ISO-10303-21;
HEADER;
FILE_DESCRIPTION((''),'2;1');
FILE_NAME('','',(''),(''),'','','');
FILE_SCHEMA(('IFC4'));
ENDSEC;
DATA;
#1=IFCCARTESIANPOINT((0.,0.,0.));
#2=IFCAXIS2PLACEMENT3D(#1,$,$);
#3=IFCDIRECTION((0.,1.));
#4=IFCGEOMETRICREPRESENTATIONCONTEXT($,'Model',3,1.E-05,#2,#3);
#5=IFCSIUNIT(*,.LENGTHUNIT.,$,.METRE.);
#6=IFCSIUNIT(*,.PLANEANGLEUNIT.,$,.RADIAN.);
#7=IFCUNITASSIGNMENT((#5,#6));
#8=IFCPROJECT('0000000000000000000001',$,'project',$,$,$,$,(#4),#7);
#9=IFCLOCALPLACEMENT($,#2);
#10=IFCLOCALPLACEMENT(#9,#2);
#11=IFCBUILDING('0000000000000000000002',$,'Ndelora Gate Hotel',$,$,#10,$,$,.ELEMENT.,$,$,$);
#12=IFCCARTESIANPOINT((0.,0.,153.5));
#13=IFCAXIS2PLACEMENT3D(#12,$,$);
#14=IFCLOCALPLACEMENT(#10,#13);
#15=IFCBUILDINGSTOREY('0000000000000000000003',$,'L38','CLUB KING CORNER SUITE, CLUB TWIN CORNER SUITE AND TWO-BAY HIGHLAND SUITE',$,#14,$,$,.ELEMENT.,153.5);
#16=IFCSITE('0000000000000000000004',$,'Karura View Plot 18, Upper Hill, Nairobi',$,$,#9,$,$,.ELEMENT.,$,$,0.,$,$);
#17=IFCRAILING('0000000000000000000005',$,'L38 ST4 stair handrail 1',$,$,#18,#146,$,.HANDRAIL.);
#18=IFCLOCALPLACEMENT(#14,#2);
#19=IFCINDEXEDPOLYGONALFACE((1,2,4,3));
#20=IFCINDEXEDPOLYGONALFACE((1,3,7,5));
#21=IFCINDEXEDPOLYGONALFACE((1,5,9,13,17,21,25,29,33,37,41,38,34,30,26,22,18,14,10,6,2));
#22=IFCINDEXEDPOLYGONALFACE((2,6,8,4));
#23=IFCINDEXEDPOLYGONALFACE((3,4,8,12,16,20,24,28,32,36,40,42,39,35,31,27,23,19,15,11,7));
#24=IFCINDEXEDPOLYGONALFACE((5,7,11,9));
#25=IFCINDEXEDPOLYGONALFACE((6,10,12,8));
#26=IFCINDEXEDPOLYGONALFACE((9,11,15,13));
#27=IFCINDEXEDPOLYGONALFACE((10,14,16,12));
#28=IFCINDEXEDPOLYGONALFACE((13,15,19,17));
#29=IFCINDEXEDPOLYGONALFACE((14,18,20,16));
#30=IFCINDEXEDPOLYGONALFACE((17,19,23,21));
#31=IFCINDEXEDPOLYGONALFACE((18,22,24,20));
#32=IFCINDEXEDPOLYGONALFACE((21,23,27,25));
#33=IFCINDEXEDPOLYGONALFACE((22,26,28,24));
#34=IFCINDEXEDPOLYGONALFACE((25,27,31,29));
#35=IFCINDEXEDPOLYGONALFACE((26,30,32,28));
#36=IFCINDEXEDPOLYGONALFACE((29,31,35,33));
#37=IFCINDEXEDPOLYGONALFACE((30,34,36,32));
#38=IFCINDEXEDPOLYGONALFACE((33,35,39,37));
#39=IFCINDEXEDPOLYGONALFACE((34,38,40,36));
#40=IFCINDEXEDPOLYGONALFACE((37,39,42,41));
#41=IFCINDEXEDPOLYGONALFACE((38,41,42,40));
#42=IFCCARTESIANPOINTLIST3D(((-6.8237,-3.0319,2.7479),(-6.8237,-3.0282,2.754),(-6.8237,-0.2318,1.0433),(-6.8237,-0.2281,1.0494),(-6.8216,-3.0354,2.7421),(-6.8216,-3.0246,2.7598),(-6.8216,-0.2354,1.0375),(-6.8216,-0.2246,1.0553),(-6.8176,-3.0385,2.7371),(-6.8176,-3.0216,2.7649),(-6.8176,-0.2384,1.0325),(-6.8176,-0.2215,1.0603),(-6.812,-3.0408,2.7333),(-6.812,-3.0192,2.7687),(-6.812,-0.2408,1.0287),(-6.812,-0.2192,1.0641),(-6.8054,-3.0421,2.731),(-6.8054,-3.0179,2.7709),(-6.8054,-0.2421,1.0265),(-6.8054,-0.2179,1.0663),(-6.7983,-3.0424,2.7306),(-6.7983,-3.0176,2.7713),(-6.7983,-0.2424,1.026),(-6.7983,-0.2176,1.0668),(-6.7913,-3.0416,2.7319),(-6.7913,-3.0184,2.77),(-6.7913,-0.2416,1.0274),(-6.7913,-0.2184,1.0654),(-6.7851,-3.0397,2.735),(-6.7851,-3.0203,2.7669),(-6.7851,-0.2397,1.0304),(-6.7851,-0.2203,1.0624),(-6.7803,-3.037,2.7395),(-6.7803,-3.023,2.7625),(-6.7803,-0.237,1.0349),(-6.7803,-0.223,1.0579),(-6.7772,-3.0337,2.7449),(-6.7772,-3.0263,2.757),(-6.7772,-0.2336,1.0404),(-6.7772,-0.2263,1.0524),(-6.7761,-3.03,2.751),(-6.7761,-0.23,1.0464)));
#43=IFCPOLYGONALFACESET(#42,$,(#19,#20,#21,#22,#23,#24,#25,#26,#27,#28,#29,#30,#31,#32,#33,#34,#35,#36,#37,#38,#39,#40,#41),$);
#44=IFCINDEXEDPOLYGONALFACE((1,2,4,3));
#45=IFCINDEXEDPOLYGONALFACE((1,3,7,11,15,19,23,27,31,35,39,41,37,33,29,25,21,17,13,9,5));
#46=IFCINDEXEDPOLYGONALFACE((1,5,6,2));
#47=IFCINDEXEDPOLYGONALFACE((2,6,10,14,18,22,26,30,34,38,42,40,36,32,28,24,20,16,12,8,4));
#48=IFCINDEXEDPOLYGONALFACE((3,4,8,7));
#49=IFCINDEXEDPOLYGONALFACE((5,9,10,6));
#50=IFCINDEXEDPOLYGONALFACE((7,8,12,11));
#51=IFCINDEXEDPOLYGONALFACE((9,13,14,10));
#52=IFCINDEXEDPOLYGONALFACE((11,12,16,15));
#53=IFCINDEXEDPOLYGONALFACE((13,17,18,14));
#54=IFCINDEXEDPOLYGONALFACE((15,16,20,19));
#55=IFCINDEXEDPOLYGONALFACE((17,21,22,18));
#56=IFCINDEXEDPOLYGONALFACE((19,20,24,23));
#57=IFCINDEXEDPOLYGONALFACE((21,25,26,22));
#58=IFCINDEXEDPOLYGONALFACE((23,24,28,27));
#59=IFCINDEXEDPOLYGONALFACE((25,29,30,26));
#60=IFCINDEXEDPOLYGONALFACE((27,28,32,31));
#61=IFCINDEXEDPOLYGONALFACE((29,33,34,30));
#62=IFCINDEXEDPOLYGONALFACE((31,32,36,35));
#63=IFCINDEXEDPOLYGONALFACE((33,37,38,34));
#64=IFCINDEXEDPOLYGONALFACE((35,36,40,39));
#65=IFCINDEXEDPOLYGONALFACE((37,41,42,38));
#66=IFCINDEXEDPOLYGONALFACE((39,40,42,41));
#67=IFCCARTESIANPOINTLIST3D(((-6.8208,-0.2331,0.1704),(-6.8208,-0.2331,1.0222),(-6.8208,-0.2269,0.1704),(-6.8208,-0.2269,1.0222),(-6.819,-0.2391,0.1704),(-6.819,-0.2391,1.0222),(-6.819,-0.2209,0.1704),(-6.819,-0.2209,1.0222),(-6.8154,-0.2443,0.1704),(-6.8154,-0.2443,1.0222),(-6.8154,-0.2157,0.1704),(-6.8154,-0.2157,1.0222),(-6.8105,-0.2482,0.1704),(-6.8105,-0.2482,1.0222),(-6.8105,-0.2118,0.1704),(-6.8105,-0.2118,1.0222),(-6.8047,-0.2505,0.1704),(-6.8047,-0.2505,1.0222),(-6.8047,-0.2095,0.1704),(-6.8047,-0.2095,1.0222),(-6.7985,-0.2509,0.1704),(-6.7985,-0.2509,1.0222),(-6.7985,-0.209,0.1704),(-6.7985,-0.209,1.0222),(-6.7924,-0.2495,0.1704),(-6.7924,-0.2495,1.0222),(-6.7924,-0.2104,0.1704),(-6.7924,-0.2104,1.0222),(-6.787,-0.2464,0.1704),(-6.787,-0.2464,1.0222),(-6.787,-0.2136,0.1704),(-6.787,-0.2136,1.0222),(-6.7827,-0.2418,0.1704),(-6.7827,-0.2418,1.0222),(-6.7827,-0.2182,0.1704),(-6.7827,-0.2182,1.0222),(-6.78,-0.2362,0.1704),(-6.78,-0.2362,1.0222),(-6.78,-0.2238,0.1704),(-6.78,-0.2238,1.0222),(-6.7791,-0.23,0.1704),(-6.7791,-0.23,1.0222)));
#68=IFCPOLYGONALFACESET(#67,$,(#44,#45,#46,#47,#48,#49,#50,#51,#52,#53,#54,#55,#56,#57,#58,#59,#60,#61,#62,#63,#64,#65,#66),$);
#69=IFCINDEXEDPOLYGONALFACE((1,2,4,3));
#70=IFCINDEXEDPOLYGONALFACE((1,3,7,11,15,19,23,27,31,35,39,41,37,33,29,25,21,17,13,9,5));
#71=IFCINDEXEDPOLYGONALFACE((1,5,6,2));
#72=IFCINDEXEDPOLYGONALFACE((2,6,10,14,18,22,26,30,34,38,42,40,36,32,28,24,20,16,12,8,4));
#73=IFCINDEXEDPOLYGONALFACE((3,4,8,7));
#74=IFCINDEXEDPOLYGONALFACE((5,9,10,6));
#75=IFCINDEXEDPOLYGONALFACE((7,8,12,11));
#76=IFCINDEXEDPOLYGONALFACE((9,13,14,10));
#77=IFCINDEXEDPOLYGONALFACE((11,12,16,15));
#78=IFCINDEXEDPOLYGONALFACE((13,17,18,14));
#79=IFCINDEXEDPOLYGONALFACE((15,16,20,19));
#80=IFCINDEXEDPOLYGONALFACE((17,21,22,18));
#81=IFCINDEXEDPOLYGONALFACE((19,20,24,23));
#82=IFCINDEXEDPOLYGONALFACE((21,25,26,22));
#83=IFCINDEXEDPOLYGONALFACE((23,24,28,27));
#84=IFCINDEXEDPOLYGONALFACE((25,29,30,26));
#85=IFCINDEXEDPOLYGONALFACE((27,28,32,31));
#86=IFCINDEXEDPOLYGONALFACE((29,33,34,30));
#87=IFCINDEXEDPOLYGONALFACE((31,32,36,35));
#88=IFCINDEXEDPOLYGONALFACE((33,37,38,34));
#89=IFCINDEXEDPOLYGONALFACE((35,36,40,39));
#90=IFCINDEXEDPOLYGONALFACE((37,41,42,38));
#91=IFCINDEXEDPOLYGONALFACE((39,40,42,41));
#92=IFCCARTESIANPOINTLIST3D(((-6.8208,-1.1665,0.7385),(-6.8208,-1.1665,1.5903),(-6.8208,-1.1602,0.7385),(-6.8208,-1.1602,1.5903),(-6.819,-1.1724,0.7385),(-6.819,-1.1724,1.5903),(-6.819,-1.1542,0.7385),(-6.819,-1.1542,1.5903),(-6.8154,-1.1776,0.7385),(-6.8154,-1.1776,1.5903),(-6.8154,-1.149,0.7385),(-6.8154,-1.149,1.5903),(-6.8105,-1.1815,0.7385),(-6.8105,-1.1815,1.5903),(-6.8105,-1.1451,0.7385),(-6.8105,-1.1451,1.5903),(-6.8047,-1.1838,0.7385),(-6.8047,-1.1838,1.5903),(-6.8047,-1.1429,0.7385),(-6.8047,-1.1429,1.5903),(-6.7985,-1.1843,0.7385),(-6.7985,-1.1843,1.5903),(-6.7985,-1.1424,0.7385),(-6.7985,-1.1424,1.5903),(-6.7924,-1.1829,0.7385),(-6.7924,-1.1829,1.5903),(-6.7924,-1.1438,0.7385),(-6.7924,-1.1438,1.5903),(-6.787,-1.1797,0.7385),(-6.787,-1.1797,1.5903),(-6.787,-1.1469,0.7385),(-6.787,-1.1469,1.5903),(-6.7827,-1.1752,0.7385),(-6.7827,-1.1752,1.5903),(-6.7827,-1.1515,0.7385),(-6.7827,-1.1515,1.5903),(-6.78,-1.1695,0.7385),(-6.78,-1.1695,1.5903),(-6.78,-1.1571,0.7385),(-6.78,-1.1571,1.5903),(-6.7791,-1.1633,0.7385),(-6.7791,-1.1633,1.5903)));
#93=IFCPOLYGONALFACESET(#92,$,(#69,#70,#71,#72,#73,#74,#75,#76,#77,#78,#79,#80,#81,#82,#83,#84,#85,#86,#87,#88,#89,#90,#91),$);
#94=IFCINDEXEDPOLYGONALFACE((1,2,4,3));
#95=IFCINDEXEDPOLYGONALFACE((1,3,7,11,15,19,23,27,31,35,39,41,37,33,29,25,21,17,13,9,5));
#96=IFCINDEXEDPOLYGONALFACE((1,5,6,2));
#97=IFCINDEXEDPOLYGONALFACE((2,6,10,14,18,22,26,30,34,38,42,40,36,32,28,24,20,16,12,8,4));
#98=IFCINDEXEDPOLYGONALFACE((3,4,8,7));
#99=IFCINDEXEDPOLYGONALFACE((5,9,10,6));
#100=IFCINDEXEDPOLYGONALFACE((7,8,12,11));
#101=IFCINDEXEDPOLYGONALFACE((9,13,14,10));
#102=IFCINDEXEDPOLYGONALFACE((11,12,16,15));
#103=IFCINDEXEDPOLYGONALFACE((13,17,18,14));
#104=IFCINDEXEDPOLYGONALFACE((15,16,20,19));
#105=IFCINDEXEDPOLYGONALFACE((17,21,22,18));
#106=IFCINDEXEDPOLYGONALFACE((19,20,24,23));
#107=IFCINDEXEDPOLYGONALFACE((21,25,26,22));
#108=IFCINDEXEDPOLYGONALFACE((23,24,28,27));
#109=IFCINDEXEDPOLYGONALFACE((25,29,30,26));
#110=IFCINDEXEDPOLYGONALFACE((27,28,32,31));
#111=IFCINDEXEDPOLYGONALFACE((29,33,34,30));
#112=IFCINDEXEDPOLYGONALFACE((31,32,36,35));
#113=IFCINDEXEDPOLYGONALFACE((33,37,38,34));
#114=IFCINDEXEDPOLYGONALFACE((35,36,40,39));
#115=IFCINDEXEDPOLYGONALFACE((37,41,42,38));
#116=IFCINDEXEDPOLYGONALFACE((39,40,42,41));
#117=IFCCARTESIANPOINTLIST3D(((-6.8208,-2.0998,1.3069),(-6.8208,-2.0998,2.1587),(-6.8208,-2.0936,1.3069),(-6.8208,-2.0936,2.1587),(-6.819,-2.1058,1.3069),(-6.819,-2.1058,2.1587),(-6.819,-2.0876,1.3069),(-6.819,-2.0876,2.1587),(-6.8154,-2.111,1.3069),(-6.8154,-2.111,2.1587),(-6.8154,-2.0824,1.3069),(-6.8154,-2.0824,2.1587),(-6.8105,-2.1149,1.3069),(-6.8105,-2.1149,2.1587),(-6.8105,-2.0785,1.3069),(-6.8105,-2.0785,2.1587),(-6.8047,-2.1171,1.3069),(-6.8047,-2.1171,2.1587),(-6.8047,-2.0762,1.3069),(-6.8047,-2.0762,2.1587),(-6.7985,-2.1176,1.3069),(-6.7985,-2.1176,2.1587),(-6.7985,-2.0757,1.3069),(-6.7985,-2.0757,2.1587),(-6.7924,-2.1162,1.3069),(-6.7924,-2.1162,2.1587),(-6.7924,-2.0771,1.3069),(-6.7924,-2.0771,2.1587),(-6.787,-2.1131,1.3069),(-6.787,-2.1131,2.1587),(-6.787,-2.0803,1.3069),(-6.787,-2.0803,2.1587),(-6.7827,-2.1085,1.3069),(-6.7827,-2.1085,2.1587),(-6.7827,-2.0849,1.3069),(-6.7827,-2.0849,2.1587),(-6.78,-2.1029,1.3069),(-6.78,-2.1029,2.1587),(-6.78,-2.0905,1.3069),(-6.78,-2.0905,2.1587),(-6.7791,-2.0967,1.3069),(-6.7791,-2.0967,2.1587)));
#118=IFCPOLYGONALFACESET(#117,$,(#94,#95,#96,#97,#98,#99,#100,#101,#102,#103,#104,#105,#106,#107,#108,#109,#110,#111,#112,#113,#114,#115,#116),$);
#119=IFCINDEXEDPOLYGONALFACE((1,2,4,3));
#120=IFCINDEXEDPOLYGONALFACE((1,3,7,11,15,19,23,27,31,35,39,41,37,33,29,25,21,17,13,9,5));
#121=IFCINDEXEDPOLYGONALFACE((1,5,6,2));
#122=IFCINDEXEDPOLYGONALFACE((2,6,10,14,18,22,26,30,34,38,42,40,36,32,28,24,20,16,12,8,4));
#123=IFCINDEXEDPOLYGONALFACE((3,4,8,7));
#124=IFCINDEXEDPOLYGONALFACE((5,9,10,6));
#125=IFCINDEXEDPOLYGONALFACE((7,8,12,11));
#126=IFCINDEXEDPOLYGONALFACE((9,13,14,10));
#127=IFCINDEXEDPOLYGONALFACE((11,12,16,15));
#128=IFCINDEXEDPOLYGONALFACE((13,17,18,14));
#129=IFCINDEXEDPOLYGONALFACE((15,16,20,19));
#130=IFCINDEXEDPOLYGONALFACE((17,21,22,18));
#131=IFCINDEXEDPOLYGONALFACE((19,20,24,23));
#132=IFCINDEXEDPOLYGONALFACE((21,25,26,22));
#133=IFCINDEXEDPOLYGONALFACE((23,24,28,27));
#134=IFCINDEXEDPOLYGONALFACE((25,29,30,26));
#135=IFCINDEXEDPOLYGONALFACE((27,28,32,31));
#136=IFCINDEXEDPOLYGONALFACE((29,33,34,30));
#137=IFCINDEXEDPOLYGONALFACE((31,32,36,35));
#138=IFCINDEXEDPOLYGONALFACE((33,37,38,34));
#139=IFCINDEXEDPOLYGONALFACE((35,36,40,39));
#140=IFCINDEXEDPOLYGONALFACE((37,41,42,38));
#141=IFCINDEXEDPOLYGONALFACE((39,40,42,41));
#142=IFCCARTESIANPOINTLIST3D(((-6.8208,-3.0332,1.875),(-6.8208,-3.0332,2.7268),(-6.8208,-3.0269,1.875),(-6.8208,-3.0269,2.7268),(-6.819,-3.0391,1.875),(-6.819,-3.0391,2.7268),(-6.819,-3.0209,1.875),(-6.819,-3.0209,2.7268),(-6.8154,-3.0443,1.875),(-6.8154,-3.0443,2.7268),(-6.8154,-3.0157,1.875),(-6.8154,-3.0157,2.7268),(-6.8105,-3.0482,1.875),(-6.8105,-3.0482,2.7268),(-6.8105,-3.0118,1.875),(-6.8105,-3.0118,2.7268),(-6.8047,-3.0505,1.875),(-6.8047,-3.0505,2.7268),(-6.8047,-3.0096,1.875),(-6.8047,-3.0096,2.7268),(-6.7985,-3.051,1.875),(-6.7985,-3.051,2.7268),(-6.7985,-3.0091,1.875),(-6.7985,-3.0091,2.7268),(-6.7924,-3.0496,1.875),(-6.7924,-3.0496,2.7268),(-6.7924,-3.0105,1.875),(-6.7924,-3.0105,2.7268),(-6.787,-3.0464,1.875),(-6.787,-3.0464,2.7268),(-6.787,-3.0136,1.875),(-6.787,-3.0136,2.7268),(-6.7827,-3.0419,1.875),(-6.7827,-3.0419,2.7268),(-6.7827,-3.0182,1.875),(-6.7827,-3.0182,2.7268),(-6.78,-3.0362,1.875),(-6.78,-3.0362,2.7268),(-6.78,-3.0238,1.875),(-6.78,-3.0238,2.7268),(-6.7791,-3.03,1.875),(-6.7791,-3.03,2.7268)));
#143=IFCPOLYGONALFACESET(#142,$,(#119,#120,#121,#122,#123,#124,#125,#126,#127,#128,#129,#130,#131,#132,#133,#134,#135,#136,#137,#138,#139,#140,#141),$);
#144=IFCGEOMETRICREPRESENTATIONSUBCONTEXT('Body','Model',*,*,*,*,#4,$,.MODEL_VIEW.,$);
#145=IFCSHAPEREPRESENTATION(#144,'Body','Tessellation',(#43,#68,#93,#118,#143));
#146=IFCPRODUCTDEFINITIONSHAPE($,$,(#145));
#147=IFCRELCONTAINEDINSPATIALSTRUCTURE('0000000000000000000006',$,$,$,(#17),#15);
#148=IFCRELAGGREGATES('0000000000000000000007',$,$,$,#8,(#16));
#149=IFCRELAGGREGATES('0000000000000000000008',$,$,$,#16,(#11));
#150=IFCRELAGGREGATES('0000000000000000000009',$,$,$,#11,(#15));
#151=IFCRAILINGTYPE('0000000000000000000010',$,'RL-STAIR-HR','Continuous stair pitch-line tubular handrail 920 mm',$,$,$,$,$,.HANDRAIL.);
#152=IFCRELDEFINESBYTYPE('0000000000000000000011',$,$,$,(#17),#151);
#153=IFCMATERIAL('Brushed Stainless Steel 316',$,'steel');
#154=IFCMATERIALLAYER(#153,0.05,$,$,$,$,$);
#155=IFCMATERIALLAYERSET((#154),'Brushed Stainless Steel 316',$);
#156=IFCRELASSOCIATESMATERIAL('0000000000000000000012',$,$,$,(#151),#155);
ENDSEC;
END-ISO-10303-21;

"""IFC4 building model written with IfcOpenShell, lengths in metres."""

from ifc_helpers import new_model, si_unit, direction, frame, origin, origin_2d, place, context, subcontext, project, spatial, circle, extrude, material, layer, layer_set, type_object, element, save


model = new_model("IFC4")

# Units and contexts
model_context = context("Model", 3, precision=1e-05, world=origin(), true_north=direction((0.0, 1.0)))
body_context = subcontext(model_context, "Body", "Model", "MODEL_VIEW")
ifc_project = project(units=[si_unit("LENGTHUNIT", "METRE"), si_unit("PLANEANGLEUNIT", "RADIAN")], contexts=[model_context])

# Site, building, storey
site_placement = place(None, origin())
site = spatial("IfcSite", under=ifc_project, at=site_placement, Name="Karura View Plot 18, Upper Hill, Nairobi", CompositionType="ELEMENT", RefElevation=0.0)
building_placement = place(site_placement, origin())
building = spatial("IfcBuilding", under=site, at=building_placement, Name="Ndelora Gate Hotel", CompositionType="ELEMENT")
storey_placement = place(building_placement, frame((0.0, 0.0, 153.5)))
storey = spatial("IfcBuildingStorey", under=building, at=storey_placement, Name="L38", Description="CLUB KING CORNER SUITE, CLUB TWIN CORNER SUITE AND TWO-BAY HIGHLAND SUITE", CompositionType="ELEMENT", Elevation=153.5)

# Railing
ifc_material_1 = material(Name="Brushed Stainless Steel 316", Category="steel")
ifc_layer_1 = layer(ifc_material_1, 0.05)
ifc_layer_set_1 = layer_set([ifc_layer_1], Name="Brushed Stainless Steel 316")
railing_type_1 = type_object("IfcRailingType", Name="RL-STAIR-HR", Description="Continuous stair pitch-line tubular handrail 920 mm", PredefinedType="HANDRAIL", material=ifc_layer_set_1)
railing_1_placement = place(storey_placement, frame((-6.8, -0.23, 0.1704)))
element("IfcRailing", 1, at=railing_1_placement, inside=storey, type_object=railing_type_1, Name="L38 ST4 stair handrail 1", PredefinedType="HANDRAIL", context=body_context, shape_type="SweptSolid", body=[
    extrude(circle(Radius=0.0239, at=origin_2d()), frame((0.0, 0.0, 0.876), z_axis=(0.0, -0.85417, 0.519994), x_axis=(1.0, 0.0, 0.0)), (0.0, 0.0, 1.0), 3.2781),
    extrude(circle(Radius=0.021, at=origin_2d()), origin(), (0.0, 0.0, 1.0), 0.8518),
    extrude(circle(Radius=0.021, at=origin_2d()), frame((0.0, -0.9333, 0.5681)), (0.0, 0.0, 1.0), 0.8518),
    extrude(circle(Radius=0.021, at=origin_2d()), frame((0.0, -1.8667, 1.1365)), (0.0, 0.0, 1.0), 0.8518),
    extrude(circle(Radius=0.021, at=origin_2d()), frame((0.0, -2.8, 1.7046)), (0.0, 0.0, 1.0), 0.8518),
])

save(model, "model.ifc")
